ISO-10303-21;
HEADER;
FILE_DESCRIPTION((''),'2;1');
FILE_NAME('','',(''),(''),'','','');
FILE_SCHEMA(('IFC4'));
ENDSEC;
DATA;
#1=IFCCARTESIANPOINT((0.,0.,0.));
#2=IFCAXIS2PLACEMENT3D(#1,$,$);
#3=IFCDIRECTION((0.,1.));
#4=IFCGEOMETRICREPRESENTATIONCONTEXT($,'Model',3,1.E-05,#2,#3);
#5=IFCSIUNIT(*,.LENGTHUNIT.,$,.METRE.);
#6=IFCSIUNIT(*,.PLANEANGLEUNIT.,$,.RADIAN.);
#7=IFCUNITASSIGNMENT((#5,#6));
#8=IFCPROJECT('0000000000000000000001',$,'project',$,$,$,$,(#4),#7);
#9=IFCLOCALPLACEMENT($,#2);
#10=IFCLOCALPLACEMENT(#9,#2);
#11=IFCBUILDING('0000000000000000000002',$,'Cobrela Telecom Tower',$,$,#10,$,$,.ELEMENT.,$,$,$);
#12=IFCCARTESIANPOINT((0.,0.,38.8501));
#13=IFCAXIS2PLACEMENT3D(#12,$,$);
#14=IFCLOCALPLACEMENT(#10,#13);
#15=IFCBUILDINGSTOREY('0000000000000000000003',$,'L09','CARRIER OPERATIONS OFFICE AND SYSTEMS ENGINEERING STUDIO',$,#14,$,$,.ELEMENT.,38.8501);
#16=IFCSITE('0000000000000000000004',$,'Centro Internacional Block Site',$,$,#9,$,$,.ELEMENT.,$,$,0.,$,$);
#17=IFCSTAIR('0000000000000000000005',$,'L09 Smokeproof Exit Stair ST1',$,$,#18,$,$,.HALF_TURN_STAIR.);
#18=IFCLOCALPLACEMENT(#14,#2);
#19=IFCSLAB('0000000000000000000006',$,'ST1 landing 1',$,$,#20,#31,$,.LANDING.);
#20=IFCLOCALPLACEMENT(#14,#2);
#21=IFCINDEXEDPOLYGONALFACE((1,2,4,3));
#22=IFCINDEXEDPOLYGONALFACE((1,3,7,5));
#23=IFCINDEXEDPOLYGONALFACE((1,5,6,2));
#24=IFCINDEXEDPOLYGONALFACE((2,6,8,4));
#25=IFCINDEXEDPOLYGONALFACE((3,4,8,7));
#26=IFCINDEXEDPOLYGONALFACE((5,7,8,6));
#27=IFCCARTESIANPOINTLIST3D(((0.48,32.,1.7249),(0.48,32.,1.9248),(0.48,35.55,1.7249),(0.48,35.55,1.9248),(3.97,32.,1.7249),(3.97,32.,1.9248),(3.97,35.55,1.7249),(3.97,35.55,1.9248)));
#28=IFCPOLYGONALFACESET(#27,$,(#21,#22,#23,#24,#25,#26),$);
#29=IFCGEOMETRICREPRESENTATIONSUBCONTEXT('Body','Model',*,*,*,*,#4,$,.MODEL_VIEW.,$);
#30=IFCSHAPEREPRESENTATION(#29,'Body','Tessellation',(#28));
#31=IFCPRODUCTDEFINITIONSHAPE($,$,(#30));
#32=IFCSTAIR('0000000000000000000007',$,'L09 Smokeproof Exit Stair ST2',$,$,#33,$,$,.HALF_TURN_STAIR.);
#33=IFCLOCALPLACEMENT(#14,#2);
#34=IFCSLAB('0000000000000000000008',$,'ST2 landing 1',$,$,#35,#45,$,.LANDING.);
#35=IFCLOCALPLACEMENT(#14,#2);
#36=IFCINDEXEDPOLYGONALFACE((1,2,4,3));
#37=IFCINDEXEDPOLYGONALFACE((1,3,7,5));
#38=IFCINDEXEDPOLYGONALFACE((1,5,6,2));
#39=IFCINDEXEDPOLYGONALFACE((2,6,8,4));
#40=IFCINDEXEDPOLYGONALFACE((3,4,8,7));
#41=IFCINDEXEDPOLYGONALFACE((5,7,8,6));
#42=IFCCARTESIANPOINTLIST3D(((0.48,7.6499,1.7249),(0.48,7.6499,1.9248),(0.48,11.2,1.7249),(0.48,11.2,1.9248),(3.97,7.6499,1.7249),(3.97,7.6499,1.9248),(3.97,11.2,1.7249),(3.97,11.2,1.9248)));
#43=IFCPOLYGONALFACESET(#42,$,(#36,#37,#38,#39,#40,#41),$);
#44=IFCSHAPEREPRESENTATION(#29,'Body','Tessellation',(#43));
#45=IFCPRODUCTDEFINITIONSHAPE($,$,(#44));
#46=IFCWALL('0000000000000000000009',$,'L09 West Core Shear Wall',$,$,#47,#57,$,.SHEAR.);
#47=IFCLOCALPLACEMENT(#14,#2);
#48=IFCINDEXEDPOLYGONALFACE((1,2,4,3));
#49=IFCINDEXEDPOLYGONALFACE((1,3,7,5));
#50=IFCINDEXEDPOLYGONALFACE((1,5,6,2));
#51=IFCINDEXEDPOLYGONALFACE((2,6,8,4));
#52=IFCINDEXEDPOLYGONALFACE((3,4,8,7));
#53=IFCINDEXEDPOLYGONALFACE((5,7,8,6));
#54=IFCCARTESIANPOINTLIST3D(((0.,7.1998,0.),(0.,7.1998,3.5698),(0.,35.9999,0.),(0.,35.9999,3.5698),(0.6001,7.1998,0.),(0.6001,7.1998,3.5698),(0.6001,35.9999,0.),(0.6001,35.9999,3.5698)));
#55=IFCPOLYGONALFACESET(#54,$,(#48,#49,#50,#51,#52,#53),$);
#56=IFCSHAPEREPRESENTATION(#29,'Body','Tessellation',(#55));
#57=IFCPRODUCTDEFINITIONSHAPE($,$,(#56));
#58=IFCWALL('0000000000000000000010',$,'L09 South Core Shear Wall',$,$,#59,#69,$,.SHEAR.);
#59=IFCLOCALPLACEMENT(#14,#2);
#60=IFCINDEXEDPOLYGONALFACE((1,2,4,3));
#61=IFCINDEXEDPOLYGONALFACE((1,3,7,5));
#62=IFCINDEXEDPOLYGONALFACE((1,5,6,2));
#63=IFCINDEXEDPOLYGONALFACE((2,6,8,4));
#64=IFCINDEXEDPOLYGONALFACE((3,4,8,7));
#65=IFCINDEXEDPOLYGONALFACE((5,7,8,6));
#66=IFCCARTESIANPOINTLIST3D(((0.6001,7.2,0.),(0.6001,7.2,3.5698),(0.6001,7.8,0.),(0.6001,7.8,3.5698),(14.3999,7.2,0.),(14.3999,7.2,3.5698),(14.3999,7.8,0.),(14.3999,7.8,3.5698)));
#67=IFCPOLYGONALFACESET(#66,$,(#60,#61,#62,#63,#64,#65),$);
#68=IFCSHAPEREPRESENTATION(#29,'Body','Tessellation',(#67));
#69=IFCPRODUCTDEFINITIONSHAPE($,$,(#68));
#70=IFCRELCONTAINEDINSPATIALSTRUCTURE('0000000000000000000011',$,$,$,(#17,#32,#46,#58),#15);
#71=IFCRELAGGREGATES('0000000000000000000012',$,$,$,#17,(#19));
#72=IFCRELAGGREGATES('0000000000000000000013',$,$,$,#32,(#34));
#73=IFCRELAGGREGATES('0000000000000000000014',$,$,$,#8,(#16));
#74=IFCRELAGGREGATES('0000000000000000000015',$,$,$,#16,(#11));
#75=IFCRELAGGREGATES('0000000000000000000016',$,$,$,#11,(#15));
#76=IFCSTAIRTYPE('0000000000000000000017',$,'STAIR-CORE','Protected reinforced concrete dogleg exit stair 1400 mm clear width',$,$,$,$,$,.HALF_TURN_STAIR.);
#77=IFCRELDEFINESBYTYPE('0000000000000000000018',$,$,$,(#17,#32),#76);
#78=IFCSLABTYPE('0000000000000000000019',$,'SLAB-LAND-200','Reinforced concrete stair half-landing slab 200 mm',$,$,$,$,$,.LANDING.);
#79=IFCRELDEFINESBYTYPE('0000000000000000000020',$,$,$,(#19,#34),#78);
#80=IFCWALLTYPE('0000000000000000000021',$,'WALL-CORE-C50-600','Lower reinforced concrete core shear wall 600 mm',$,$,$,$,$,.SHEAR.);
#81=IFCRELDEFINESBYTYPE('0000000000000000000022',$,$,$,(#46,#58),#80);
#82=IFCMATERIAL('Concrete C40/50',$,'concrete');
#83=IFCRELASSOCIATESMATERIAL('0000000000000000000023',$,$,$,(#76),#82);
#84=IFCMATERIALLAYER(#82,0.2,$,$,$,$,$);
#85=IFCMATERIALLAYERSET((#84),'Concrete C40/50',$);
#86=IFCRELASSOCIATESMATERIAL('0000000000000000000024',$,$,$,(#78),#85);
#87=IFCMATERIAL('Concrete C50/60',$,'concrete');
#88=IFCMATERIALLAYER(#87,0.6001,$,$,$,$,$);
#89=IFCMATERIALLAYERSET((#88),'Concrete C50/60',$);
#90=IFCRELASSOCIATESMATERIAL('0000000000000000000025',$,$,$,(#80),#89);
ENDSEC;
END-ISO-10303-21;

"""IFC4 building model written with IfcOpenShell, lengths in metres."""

from ifc_helpers import new_model, si_unit, direction, frame, frame_2d, origin, place, context, subcontext, project, spatial, polyline, rectangle, outline, extrude, material, layer, layer_set, type_object, element, aggregate, save


model = new_model("IFC4")

# Units and contexts
model_context = context("Model", 3, precision=1e-05, world=origin(), true_north=direction((0.0, 1.0)))
body_context = subcontext(model_context, "Body", "Model", "MODEL_VIEW")
ifc_project = project(units=[si_unit("LENGTHUNIT", "METRE"), si_unit("PLANEANGLEUNIT", "RADIAN")], contexts=[model_context])

# Site, building, storey
site_placement = place(None, origin())
site = spatial("IfcSite", under=ifc_project, at=site_placement, Name="Centro Internacional Block Site", CompositionType="ELEMENT", RefElevation=0.0)
building_placement = place(site_placement, origin())
building = spatial("IfcBuilding", under=site, at=building_placement, Name="Cobrela Telecom Tower", CompositionType="ELEMENT")
storey_placement = place(building_placement, frame((0.0, 0.0, 38.8501)))
storey = spatial("IfcBuildingStorey", under=building, at=storey_placement, Name="L09", Description="CARRIER OPERATIONS OFFICE AND SYSTEMS ENGINEERING STUDIO", CompositionType="ELEMENT", Elevation=38.8501)

# Shared definitions
ifc_material_1 = material(Name="Concrete C40/50", Category="concrete")

# Stairs, slabs
stair_type = type_object("IfcStairType", Name="STAIR-CORE", Description="Protected reinforced concrete dogleg exit stair 1400 mm clear width", PredefinedType="HALF_TURN_STAIR", material=ifc_material_1)
stair_1_placement = place(storey_placement, origin())
stair_1 = element("IfcStair", 1, at=stair_1_placement, inside=storey, type_object=stair_type, Name="L09 Smokeproof Exit Stair ST1", PredefinedType="HALF_TURN_STAIR")
ifc_layer_1 = layer(ifc_material_1, 0.2)
ifc_layer_set_1 = layer_set([ifc_layer_1], Name="Concrete C40/50")
slab_type_1 = type_object("IfcSlabType", Name="SLAB-LAND-200", Description="Reinforced concrete stair half-landing slab 200 mm", PredefinedType="LANDING", material=ifc_layer_set_1)
slab_1_placement = place(storey_placement, frame((0.0, 0.0, 1.7249)))
slab_1 = element("IfcSlab", 2, at=slab_1_placement, type_object=slab_type_1, Name="ST1 landing 1", PredefinedType="LANDING", context=body_context, shape_type="SweptSolid", body=[
    extrude(outline(polyline([(3.97, 35.55), (0.48, 35.55), (0.48, 32.0), (3.97, 32.0), (3.97, 35.55)])), origin(), (0.0, 0.0, 1.0), 0.2),
])
aggregate(stair_1, [slab_1])
stair_2_placement = place(storey_placement, origin())
stair_2 = element("IfcStair", 3, at=stair_2_placement, inside=storey, type_object=stair_type, Name="L09 Smokeproof Exit Stair ST2", PredefinedType="HALF_TURN_STAIR")
slab_2_placement = place(storey_placement, frame((0.0, 0.0, 1.7249)))
slab_2 = element("IfcSlab", 4, at=slab_2_placement, type_object=slab_type_1, Name="ST2 landing 1", PredefinedType="LANDING", context=body_context, shape_type="SweptSolid", body=[
    extrude(outline(polyline([(3.97, 11.2), (0.48, 11.2), (0.48, 7.6499), (3.97, 7.6499), (3.97, 11.2)])), origin(), (0.0, 0.0, 1.0), 0.2),
])
aggregate(stair_2, [slab_2])

# Walls
ifc_material_2 = material(Name="Concrete C50/60", Category="concrete")
ifc_layer_2 = layer(ifc_material_2, 0.6001)
ifc_layer_set_2 = layer_set([ifc_layer_2], Name="Concrete C50/60")
wall_type = type_object("IfcWallType", Name="WALL-CORE-C50-600", Description="Lower reinforced concrete core shear wall 600 mm", PredefinedType="SHEAR", material=ifc_layer_set_2)
wall_1_placement = place(storey_placement, frame((0.3, 7.2, 0.0), z_axis=(0.0, 0.0, 1.0), x_axis=(0.0, 1.0, 0.0)))
element("IfcWall", 5, at=wall_1_placement, inside=storey, type_object=wall_type, Name="L09 West Core Shear Wall", PredefinedType="SHEAR", context=body_context, shape_type="SweptSolid", body=[
    extrude(rectangle(XDim=28.8, YDim=0.6001, at=frame_2d((14.3999, 0.0))), origin(), (0.0, 0.0, 1.0), 3.5698),
])
wall_2_placement = place(storey_placement, frame((0.6001, 7.5, 0.0), z_axis=(0.0, 0.0, 1.0), x_axis=(1.0, 0.0, 0.0)))
element("IfcWall", 6, at=wall_2_placement, inside=storey, type_object=wall_type, Name="L09 South Core Shear Wall", PredefinedType="SHEAR", context=body_context, shape_type="SweptSolid", body=[
    extrude(rectangle(XDim=13.7998, YDim=0.6001, at=frame_2d((6.8999, 0.0))), origin(), (0.0, 0.0, 1.0), 3.5698),
])

save(model, "model.ifc")
